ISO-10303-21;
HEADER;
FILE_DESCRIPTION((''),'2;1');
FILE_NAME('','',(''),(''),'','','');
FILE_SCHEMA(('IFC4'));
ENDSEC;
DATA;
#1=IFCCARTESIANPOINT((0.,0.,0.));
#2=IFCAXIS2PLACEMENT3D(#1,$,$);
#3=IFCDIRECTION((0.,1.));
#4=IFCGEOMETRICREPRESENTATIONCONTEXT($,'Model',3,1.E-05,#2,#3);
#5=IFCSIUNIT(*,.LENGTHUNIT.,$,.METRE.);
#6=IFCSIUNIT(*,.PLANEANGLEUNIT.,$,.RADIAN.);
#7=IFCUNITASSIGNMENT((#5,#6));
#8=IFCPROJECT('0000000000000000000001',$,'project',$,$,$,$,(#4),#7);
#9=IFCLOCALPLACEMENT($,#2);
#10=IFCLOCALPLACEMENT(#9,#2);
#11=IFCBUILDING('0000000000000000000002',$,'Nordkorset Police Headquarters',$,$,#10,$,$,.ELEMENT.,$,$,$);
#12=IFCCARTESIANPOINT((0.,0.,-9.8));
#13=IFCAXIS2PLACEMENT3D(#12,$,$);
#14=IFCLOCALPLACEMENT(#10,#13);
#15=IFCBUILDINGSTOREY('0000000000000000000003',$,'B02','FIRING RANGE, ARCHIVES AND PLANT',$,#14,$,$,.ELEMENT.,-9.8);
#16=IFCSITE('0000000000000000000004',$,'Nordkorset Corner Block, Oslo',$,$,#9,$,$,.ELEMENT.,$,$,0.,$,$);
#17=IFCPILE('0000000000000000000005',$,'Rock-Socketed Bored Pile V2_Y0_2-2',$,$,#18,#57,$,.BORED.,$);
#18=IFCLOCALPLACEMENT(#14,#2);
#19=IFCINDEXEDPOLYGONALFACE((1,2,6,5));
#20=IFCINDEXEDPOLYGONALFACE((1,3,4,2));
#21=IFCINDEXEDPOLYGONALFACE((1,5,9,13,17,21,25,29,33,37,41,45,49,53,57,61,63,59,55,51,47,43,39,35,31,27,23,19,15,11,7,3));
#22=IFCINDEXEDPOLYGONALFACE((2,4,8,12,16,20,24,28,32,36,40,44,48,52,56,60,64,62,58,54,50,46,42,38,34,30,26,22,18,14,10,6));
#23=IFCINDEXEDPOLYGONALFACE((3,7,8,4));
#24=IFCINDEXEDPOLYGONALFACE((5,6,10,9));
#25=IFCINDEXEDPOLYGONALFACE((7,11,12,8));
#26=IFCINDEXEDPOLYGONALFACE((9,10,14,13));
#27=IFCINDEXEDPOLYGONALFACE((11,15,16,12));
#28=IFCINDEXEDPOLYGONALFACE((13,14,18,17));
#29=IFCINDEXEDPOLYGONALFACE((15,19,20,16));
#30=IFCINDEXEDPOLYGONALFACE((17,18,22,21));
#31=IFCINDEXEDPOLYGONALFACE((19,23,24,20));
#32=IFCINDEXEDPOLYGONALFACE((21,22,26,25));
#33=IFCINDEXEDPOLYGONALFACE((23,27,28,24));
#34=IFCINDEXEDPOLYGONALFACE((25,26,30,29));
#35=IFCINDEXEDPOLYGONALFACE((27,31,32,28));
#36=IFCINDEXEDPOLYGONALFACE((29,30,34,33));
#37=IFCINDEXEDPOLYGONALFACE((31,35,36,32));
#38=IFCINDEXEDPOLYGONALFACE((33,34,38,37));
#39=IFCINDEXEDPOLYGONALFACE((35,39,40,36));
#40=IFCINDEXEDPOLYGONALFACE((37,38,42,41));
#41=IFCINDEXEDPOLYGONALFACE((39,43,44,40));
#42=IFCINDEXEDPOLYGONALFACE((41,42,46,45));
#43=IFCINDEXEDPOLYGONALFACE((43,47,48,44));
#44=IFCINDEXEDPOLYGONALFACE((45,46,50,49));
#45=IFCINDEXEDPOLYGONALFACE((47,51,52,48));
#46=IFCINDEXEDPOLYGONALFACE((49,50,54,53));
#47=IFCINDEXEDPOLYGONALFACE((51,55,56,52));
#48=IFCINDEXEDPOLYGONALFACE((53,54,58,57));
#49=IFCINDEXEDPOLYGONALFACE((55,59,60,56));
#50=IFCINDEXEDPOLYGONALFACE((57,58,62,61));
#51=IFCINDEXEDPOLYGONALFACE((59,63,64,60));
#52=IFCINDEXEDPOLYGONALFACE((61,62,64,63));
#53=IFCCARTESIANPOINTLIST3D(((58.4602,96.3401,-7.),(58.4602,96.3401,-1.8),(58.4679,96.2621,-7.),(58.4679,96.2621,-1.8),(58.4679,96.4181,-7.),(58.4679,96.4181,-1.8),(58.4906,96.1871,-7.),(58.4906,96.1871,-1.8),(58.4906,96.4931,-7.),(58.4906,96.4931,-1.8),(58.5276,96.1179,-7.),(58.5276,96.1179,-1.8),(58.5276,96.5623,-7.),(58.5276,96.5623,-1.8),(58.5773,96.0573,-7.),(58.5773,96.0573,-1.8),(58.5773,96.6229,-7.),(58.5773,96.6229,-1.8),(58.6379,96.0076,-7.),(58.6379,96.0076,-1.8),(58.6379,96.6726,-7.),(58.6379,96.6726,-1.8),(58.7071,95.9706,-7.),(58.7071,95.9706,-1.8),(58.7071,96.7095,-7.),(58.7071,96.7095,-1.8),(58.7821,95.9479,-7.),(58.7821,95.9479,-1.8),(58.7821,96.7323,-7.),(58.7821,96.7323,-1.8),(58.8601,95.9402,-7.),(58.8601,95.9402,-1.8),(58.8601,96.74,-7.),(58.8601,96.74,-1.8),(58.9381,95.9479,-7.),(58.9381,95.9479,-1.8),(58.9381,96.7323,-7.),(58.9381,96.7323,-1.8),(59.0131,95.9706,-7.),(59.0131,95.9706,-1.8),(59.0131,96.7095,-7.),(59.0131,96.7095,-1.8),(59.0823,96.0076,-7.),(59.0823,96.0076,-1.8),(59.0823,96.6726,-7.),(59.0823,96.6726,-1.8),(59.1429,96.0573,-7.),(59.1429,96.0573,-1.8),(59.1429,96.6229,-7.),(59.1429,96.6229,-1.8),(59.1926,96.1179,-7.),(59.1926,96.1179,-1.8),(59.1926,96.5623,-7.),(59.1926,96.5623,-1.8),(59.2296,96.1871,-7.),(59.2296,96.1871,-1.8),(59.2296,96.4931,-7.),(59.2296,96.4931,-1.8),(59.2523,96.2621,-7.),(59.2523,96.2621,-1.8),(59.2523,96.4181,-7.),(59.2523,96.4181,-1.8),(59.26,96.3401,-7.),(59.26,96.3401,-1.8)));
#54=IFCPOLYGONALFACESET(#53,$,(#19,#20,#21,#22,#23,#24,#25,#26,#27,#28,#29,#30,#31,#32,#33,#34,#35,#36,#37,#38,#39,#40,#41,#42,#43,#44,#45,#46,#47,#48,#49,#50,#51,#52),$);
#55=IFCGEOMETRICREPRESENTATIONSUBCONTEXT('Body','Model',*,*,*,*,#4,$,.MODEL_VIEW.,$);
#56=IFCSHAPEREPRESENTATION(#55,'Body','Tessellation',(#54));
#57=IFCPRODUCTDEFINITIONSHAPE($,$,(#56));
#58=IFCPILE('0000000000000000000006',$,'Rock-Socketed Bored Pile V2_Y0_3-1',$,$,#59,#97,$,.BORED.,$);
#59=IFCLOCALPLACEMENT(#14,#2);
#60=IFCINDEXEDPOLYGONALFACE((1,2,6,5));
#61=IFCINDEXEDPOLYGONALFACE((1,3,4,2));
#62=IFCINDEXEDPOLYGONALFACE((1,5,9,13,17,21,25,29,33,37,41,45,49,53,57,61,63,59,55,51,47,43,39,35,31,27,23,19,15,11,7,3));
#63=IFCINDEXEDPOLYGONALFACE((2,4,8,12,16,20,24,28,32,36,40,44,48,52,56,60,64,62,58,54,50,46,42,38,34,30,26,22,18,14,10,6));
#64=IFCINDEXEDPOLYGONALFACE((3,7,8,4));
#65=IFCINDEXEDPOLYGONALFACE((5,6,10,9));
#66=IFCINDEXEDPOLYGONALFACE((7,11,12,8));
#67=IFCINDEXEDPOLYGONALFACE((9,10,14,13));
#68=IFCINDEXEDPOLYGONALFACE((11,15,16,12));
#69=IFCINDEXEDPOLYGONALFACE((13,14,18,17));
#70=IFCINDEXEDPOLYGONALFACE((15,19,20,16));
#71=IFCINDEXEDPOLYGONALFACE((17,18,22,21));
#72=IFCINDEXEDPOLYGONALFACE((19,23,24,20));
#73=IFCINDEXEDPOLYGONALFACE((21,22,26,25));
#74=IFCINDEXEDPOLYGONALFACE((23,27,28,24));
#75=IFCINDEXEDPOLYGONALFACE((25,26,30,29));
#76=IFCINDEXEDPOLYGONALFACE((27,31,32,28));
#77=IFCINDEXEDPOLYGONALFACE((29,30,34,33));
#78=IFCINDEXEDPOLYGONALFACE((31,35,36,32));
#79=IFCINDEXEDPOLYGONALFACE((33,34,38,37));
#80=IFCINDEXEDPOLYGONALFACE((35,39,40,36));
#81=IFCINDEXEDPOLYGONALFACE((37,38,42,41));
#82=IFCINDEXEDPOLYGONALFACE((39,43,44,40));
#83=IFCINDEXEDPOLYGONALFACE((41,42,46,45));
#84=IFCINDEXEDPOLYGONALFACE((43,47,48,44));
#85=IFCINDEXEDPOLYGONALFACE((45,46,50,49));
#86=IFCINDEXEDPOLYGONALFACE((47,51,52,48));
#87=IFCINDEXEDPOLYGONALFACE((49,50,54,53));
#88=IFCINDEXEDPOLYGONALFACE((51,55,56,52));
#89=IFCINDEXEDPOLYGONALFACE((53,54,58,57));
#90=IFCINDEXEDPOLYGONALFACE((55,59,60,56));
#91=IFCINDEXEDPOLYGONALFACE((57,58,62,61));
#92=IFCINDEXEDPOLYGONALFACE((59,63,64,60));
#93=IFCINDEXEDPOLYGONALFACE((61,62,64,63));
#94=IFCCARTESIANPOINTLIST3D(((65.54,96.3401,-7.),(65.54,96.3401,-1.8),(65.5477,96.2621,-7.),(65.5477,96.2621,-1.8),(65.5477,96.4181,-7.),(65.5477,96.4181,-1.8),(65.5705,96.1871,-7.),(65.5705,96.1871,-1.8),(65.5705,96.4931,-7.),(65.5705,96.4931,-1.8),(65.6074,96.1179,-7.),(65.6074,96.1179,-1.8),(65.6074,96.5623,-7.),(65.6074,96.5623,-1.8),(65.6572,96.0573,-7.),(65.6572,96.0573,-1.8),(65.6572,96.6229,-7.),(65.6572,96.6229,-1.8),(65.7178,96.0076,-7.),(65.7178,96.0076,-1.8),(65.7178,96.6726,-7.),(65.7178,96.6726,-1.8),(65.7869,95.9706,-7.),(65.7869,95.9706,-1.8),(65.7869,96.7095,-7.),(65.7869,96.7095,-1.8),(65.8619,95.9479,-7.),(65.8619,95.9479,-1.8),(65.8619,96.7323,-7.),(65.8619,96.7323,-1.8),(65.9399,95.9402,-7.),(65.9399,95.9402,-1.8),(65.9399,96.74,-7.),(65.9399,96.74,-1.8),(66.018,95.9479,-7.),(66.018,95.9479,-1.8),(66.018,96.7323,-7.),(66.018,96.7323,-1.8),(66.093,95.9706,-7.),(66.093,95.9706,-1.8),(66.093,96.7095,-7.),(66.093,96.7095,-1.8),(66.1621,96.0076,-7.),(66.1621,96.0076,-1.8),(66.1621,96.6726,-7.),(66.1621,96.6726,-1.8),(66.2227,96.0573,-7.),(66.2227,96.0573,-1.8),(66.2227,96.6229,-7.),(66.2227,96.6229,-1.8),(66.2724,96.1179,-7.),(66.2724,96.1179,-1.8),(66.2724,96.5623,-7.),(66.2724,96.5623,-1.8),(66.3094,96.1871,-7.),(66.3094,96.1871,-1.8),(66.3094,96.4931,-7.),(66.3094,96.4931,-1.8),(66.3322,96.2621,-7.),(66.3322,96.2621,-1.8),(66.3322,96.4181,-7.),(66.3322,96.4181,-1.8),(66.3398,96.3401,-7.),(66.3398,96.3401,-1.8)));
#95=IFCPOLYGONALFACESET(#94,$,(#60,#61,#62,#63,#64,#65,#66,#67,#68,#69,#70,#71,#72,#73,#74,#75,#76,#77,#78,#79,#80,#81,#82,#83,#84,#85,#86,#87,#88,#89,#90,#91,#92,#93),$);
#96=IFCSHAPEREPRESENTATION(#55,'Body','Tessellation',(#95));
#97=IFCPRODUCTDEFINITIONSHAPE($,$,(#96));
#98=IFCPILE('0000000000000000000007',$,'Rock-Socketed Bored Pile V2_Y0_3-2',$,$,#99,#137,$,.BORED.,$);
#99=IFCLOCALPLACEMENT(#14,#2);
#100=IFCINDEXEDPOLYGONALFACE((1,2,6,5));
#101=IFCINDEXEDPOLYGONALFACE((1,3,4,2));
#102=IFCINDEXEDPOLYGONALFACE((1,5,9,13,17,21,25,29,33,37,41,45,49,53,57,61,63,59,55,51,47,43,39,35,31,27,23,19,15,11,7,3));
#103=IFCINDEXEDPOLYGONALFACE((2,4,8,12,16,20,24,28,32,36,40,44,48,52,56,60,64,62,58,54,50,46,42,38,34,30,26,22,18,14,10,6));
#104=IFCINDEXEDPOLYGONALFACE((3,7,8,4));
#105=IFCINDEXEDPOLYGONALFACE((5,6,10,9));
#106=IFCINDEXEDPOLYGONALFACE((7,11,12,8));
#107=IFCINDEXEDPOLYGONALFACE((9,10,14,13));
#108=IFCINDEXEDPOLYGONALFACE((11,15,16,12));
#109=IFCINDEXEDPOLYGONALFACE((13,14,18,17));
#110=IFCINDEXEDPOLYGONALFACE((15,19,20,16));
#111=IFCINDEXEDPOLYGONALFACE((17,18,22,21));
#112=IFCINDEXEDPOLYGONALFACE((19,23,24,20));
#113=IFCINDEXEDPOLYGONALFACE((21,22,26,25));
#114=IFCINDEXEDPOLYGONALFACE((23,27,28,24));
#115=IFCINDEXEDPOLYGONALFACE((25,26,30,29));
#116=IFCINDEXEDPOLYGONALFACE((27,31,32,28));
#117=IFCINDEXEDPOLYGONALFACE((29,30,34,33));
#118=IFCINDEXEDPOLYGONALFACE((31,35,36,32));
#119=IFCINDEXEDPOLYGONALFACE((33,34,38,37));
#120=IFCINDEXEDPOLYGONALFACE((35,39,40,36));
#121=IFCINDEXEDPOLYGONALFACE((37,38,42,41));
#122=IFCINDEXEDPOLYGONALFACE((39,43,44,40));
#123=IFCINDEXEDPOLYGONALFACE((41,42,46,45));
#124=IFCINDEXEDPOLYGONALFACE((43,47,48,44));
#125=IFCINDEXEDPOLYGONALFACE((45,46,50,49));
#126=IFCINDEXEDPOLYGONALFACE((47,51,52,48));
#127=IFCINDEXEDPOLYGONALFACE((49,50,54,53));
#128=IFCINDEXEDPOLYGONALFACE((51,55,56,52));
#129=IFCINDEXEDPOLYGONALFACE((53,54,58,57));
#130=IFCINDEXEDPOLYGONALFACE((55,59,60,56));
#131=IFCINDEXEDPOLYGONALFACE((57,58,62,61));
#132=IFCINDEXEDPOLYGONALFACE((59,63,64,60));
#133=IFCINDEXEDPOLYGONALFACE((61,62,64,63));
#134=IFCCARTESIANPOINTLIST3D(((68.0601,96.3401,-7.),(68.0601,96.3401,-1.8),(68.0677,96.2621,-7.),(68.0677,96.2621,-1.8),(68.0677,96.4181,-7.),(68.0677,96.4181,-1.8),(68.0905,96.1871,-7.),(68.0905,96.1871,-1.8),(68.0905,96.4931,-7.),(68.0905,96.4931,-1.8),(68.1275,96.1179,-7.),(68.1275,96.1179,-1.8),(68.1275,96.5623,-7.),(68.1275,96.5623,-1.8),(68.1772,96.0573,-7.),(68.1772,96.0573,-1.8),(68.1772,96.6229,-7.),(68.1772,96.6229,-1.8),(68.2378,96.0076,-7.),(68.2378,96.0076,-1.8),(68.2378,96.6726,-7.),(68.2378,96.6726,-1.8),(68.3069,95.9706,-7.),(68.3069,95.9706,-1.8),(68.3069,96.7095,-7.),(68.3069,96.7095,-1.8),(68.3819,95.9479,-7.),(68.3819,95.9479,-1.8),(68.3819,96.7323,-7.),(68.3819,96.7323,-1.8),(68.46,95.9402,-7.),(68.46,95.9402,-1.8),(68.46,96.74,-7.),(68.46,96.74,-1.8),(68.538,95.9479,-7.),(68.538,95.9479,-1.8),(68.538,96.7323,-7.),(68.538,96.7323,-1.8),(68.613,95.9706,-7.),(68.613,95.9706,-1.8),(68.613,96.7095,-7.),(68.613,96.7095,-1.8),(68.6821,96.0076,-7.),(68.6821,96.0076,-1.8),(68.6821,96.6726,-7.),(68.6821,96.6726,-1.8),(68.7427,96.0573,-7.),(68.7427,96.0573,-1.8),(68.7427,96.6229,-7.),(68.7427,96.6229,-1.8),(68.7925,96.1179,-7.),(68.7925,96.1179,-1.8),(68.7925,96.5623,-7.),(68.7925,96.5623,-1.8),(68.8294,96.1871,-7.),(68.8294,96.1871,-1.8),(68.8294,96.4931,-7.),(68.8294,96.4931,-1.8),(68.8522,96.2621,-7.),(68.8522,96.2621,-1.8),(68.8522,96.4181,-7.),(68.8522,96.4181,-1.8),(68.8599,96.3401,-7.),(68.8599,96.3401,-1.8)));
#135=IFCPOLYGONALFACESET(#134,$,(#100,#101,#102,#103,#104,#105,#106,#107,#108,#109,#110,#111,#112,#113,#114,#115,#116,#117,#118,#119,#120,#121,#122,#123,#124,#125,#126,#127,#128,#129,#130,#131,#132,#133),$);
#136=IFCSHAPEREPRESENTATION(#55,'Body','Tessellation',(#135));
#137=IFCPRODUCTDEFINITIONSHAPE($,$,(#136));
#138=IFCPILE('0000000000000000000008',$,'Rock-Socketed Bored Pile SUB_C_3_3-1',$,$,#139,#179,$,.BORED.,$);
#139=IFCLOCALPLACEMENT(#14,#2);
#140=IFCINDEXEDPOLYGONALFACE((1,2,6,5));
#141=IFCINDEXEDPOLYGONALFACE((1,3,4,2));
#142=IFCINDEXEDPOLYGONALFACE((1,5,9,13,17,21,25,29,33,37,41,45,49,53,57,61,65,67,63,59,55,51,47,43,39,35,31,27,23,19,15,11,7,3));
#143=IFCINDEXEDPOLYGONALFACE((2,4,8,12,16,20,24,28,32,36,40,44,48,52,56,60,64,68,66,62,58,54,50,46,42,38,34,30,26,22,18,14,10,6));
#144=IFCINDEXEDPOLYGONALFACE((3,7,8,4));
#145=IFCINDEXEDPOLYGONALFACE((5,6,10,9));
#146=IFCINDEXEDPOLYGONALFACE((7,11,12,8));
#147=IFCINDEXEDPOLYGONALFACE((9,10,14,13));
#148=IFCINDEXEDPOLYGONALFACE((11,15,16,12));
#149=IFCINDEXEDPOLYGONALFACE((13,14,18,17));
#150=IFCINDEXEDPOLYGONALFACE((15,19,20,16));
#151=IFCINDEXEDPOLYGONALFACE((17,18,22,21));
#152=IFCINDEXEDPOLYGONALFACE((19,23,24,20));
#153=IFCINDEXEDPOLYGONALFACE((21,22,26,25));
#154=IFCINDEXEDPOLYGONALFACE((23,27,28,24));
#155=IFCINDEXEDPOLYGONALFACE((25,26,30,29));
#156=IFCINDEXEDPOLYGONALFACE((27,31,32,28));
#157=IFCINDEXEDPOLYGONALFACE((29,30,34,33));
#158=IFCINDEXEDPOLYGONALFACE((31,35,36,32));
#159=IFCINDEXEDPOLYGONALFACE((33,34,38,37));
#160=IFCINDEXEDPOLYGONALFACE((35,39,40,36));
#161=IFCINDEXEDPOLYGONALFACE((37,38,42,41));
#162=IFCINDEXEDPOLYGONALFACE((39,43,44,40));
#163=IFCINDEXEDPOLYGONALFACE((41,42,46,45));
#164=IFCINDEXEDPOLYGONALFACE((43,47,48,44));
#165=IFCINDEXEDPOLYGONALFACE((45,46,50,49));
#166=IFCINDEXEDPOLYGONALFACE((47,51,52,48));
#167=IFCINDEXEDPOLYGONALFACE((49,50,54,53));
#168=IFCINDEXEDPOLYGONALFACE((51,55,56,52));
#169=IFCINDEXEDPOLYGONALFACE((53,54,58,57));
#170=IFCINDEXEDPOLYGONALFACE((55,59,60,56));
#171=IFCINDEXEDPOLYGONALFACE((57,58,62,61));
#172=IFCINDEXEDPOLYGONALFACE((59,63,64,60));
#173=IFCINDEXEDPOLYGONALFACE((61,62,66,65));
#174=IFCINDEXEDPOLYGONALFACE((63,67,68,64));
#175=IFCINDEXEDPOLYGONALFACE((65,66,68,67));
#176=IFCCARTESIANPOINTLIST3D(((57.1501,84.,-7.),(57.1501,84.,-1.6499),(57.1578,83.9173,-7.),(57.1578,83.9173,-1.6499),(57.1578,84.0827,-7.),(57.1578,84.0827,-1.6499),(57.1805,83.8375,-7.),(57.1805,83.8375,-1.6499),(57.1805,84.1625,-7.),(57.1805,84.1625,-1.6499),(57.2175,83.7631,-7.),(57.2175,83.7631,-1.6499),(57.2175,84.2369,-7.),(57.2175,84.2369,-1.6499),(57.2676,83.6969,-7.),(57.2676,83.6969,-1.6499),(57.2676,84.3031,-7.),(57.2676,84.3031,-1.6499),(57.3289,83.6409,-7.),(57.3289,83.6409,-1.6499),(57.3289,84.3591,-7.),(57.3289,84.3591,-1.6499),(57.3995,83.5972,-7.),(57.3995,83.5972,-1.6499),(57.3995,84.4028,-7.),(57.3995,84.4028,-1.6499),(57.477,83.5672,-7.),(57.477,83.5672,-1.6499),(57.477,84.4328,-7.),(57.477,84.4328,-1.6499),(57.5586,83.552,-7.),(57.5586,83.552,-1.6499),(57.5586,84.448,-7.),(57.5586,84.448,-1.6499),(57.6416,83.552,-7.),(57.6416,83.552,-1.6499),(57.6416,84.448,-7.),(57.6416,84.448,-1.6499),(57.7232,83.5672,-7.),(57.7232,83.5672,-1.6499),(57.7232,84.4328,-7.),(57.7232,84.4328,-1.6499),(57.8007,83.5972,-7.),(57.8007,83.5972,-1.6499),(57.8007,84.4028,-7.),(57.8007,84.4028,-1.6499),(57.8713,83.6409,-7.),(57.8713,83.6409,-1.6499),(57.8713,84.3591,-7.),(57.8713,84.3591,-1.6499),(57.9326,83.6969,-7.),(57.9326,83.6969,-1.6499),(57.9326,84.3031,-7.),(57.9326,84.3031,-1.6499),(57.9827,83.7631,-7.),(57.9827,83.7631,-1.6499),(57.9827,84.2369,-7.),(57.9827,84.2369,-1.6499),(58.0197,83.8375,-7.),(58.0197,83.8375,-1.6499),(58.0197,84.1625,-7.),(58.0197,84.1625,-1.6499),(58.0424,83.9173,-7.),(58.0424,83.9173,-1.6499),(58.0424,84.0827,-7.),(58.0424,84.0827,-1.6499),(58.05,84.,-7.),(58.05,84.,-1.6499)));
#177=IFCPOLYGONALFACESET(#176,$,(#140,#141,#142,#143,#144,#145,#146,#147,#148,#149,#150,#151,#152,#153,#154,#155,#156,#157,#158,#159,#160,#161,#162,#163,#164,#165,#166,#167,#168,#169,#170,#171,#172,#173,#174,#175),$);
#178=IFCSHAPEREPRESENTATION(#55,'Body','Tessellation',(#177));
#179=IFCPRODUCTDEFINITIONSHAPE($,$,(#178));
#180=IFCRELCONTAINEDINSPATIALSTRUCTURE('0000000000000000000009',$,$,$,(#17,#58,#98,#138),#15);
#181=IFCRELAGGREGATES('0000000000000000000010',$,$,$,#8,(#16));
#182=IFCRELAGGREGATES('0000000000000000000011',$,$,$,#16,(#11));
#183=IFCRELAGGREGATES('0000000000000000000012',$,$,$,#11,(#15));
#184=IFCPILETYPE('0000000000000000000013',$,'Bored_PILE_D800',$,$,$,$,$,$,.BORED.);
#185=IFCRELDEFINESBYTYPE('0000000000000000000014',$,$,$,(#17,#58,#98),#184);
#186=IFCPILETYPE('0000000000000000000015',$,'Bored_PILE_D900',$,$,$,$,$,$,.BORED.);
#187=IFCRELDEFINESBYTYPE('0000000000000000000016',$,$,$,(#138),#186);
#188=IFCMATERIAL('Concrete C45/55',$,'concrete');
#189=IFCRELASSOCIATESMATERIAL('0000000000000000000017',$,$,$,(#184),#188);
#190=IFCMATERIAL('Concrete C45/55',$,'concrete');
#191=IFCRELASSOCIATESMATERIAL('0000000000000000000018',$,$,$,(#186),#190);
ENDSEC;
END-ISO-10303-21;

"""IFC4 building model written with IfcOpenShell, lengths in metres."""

from ifc_helpers import new_model, si_unit, direction, frame, origin, origin_2d, place, context, subcontext, project, spatial, circle, extrude, material, material_profile, profile_set, type_object, element, save


model = new_model("IFC4")

# Units and contexts
model_context = context("Model", 3, precision=1e-05, world=origin(), true_north=direction((0.0, 1.0)))
body_context = subcontext(model_context, "Body", "Model", "MODEL_VIEW")
ifc_project = project(units=[si_unit("LENGTHUNIT", "METRE"), si_unit("PLANEANGLEUNIT", "RADIAN")], contexts=[model_context])

# Site, building, storey
site_placement = place(None, origin())
site = spatial("IfcSite", under=ifc_project, at=site_placement, Name="Nordkorset Corner Block, Oslo", CompositionType="ELEMENT", RefElevation=0.0)
building_placement = place(site_placement, origin())
building = spatial("IfcBuilding", under=site, at=building_placement, Name="Nordkorset Police Headquarters", CompositionType="ELEMENT")
storey_placement = place(building_placement, frame((0.0, 0.0, -9.8)))
storey = spatial("IfcBuildingStorey", under=building, at=storey_placement, Name="B02", Description="FIRING RANGE, ARCHIVES AND PLANT", CompositionType="ELEMENT", Elevation=-9.8)

# Piles
ifc_material_1 = material(Name="Concrete C45/55", Category="concrete")
ifc_material_profile_1 = material_profile(ifc_material_1, circle(Radius=0.3999, at=origin_2d()), Name="PILE D800")
ifc_profile_set_1 = profile_set([ifc_material_profile_1], Name="Concrete C45/55")
pile_type_1 = type_object("IfcPileType", Name="Bored_PILE_D800", PredefinedType="BORED", material=ifc_profile_set_1)
for number, where, z_axis, x_axis, name in (
    (1, (58.8601, 96.3401, -1.8), (0.0, 0.0, -1.0), (1.0, 0.0, 0.0), "Rock-Socketed Bored Pile V2_Y0_2-2"),
    (2, (65.9399, 96.3401, -1.8), (0.0, 0.0, -1.0), (1.0, 0.0, 0.0), "Rock-Socketed Bored Pile V2_Y0_3-1"),
    (3, (68.46, 96.3401, -1.8), (0.0, 0.0, -1.0), (1.0, 0.0, 0.0), "Rock-Socketed Bored Pile V2_Y0_3-2"),
):
    element("IfcPile", number, at=place(storey_placement, frame(where, z_axis=z_axis, x_axis=x_axis)), inside=storey, type_object=pile_type_1, Name=name, PredefinedType="BORED", context=body_context, shape_type="SweptSolid", body=[
        extrude(circle(Radius=0.3999, at=origin_2d()), origin(), (0.0, 0.0, 1.0), 5.2),
    ])
ifc_material_2 = material(Name="Concrete C45/55", Category="concrete")
ifc_material_profile_2 = material_profile(ifc_material_2, circle(Radius=0.45, at=origin_2d()), Name="PILE D900")
ifc_profile_set_2 = profile_set([ifc_material_profile_2], Name="Concrete C45/55")
pile_type_2 = type_object("IfcPileType", Name="Bored_PILE_D900", PredefinedType="BORED", material=ifc_profile_set_2)
for number, where, z_axis, x_axis, name in (
    (4, (57.6001, 84.0, -1.6499), (0.0, 0.0, -1.0), (1.0, 0.0, 0.0), "Rock-Socketed Bored Pile SUB_C_3_3-1"),
):
    element("IfcPile", number, at=place(storey_placement, frame(where, z_axis=z_axis, x_axis=x_axis)), inside=storey, type_object=pile_type_2, Name=name, PredefinedType="BORED", context=body_context, shape_type="SweptSolid", body=[
        extrude(circle(Radius=0.45, at=origin_2d()), origin(), (0.0, 0.0, 1.0), 5.3501),
    ])

save(model, "model.ifc")
